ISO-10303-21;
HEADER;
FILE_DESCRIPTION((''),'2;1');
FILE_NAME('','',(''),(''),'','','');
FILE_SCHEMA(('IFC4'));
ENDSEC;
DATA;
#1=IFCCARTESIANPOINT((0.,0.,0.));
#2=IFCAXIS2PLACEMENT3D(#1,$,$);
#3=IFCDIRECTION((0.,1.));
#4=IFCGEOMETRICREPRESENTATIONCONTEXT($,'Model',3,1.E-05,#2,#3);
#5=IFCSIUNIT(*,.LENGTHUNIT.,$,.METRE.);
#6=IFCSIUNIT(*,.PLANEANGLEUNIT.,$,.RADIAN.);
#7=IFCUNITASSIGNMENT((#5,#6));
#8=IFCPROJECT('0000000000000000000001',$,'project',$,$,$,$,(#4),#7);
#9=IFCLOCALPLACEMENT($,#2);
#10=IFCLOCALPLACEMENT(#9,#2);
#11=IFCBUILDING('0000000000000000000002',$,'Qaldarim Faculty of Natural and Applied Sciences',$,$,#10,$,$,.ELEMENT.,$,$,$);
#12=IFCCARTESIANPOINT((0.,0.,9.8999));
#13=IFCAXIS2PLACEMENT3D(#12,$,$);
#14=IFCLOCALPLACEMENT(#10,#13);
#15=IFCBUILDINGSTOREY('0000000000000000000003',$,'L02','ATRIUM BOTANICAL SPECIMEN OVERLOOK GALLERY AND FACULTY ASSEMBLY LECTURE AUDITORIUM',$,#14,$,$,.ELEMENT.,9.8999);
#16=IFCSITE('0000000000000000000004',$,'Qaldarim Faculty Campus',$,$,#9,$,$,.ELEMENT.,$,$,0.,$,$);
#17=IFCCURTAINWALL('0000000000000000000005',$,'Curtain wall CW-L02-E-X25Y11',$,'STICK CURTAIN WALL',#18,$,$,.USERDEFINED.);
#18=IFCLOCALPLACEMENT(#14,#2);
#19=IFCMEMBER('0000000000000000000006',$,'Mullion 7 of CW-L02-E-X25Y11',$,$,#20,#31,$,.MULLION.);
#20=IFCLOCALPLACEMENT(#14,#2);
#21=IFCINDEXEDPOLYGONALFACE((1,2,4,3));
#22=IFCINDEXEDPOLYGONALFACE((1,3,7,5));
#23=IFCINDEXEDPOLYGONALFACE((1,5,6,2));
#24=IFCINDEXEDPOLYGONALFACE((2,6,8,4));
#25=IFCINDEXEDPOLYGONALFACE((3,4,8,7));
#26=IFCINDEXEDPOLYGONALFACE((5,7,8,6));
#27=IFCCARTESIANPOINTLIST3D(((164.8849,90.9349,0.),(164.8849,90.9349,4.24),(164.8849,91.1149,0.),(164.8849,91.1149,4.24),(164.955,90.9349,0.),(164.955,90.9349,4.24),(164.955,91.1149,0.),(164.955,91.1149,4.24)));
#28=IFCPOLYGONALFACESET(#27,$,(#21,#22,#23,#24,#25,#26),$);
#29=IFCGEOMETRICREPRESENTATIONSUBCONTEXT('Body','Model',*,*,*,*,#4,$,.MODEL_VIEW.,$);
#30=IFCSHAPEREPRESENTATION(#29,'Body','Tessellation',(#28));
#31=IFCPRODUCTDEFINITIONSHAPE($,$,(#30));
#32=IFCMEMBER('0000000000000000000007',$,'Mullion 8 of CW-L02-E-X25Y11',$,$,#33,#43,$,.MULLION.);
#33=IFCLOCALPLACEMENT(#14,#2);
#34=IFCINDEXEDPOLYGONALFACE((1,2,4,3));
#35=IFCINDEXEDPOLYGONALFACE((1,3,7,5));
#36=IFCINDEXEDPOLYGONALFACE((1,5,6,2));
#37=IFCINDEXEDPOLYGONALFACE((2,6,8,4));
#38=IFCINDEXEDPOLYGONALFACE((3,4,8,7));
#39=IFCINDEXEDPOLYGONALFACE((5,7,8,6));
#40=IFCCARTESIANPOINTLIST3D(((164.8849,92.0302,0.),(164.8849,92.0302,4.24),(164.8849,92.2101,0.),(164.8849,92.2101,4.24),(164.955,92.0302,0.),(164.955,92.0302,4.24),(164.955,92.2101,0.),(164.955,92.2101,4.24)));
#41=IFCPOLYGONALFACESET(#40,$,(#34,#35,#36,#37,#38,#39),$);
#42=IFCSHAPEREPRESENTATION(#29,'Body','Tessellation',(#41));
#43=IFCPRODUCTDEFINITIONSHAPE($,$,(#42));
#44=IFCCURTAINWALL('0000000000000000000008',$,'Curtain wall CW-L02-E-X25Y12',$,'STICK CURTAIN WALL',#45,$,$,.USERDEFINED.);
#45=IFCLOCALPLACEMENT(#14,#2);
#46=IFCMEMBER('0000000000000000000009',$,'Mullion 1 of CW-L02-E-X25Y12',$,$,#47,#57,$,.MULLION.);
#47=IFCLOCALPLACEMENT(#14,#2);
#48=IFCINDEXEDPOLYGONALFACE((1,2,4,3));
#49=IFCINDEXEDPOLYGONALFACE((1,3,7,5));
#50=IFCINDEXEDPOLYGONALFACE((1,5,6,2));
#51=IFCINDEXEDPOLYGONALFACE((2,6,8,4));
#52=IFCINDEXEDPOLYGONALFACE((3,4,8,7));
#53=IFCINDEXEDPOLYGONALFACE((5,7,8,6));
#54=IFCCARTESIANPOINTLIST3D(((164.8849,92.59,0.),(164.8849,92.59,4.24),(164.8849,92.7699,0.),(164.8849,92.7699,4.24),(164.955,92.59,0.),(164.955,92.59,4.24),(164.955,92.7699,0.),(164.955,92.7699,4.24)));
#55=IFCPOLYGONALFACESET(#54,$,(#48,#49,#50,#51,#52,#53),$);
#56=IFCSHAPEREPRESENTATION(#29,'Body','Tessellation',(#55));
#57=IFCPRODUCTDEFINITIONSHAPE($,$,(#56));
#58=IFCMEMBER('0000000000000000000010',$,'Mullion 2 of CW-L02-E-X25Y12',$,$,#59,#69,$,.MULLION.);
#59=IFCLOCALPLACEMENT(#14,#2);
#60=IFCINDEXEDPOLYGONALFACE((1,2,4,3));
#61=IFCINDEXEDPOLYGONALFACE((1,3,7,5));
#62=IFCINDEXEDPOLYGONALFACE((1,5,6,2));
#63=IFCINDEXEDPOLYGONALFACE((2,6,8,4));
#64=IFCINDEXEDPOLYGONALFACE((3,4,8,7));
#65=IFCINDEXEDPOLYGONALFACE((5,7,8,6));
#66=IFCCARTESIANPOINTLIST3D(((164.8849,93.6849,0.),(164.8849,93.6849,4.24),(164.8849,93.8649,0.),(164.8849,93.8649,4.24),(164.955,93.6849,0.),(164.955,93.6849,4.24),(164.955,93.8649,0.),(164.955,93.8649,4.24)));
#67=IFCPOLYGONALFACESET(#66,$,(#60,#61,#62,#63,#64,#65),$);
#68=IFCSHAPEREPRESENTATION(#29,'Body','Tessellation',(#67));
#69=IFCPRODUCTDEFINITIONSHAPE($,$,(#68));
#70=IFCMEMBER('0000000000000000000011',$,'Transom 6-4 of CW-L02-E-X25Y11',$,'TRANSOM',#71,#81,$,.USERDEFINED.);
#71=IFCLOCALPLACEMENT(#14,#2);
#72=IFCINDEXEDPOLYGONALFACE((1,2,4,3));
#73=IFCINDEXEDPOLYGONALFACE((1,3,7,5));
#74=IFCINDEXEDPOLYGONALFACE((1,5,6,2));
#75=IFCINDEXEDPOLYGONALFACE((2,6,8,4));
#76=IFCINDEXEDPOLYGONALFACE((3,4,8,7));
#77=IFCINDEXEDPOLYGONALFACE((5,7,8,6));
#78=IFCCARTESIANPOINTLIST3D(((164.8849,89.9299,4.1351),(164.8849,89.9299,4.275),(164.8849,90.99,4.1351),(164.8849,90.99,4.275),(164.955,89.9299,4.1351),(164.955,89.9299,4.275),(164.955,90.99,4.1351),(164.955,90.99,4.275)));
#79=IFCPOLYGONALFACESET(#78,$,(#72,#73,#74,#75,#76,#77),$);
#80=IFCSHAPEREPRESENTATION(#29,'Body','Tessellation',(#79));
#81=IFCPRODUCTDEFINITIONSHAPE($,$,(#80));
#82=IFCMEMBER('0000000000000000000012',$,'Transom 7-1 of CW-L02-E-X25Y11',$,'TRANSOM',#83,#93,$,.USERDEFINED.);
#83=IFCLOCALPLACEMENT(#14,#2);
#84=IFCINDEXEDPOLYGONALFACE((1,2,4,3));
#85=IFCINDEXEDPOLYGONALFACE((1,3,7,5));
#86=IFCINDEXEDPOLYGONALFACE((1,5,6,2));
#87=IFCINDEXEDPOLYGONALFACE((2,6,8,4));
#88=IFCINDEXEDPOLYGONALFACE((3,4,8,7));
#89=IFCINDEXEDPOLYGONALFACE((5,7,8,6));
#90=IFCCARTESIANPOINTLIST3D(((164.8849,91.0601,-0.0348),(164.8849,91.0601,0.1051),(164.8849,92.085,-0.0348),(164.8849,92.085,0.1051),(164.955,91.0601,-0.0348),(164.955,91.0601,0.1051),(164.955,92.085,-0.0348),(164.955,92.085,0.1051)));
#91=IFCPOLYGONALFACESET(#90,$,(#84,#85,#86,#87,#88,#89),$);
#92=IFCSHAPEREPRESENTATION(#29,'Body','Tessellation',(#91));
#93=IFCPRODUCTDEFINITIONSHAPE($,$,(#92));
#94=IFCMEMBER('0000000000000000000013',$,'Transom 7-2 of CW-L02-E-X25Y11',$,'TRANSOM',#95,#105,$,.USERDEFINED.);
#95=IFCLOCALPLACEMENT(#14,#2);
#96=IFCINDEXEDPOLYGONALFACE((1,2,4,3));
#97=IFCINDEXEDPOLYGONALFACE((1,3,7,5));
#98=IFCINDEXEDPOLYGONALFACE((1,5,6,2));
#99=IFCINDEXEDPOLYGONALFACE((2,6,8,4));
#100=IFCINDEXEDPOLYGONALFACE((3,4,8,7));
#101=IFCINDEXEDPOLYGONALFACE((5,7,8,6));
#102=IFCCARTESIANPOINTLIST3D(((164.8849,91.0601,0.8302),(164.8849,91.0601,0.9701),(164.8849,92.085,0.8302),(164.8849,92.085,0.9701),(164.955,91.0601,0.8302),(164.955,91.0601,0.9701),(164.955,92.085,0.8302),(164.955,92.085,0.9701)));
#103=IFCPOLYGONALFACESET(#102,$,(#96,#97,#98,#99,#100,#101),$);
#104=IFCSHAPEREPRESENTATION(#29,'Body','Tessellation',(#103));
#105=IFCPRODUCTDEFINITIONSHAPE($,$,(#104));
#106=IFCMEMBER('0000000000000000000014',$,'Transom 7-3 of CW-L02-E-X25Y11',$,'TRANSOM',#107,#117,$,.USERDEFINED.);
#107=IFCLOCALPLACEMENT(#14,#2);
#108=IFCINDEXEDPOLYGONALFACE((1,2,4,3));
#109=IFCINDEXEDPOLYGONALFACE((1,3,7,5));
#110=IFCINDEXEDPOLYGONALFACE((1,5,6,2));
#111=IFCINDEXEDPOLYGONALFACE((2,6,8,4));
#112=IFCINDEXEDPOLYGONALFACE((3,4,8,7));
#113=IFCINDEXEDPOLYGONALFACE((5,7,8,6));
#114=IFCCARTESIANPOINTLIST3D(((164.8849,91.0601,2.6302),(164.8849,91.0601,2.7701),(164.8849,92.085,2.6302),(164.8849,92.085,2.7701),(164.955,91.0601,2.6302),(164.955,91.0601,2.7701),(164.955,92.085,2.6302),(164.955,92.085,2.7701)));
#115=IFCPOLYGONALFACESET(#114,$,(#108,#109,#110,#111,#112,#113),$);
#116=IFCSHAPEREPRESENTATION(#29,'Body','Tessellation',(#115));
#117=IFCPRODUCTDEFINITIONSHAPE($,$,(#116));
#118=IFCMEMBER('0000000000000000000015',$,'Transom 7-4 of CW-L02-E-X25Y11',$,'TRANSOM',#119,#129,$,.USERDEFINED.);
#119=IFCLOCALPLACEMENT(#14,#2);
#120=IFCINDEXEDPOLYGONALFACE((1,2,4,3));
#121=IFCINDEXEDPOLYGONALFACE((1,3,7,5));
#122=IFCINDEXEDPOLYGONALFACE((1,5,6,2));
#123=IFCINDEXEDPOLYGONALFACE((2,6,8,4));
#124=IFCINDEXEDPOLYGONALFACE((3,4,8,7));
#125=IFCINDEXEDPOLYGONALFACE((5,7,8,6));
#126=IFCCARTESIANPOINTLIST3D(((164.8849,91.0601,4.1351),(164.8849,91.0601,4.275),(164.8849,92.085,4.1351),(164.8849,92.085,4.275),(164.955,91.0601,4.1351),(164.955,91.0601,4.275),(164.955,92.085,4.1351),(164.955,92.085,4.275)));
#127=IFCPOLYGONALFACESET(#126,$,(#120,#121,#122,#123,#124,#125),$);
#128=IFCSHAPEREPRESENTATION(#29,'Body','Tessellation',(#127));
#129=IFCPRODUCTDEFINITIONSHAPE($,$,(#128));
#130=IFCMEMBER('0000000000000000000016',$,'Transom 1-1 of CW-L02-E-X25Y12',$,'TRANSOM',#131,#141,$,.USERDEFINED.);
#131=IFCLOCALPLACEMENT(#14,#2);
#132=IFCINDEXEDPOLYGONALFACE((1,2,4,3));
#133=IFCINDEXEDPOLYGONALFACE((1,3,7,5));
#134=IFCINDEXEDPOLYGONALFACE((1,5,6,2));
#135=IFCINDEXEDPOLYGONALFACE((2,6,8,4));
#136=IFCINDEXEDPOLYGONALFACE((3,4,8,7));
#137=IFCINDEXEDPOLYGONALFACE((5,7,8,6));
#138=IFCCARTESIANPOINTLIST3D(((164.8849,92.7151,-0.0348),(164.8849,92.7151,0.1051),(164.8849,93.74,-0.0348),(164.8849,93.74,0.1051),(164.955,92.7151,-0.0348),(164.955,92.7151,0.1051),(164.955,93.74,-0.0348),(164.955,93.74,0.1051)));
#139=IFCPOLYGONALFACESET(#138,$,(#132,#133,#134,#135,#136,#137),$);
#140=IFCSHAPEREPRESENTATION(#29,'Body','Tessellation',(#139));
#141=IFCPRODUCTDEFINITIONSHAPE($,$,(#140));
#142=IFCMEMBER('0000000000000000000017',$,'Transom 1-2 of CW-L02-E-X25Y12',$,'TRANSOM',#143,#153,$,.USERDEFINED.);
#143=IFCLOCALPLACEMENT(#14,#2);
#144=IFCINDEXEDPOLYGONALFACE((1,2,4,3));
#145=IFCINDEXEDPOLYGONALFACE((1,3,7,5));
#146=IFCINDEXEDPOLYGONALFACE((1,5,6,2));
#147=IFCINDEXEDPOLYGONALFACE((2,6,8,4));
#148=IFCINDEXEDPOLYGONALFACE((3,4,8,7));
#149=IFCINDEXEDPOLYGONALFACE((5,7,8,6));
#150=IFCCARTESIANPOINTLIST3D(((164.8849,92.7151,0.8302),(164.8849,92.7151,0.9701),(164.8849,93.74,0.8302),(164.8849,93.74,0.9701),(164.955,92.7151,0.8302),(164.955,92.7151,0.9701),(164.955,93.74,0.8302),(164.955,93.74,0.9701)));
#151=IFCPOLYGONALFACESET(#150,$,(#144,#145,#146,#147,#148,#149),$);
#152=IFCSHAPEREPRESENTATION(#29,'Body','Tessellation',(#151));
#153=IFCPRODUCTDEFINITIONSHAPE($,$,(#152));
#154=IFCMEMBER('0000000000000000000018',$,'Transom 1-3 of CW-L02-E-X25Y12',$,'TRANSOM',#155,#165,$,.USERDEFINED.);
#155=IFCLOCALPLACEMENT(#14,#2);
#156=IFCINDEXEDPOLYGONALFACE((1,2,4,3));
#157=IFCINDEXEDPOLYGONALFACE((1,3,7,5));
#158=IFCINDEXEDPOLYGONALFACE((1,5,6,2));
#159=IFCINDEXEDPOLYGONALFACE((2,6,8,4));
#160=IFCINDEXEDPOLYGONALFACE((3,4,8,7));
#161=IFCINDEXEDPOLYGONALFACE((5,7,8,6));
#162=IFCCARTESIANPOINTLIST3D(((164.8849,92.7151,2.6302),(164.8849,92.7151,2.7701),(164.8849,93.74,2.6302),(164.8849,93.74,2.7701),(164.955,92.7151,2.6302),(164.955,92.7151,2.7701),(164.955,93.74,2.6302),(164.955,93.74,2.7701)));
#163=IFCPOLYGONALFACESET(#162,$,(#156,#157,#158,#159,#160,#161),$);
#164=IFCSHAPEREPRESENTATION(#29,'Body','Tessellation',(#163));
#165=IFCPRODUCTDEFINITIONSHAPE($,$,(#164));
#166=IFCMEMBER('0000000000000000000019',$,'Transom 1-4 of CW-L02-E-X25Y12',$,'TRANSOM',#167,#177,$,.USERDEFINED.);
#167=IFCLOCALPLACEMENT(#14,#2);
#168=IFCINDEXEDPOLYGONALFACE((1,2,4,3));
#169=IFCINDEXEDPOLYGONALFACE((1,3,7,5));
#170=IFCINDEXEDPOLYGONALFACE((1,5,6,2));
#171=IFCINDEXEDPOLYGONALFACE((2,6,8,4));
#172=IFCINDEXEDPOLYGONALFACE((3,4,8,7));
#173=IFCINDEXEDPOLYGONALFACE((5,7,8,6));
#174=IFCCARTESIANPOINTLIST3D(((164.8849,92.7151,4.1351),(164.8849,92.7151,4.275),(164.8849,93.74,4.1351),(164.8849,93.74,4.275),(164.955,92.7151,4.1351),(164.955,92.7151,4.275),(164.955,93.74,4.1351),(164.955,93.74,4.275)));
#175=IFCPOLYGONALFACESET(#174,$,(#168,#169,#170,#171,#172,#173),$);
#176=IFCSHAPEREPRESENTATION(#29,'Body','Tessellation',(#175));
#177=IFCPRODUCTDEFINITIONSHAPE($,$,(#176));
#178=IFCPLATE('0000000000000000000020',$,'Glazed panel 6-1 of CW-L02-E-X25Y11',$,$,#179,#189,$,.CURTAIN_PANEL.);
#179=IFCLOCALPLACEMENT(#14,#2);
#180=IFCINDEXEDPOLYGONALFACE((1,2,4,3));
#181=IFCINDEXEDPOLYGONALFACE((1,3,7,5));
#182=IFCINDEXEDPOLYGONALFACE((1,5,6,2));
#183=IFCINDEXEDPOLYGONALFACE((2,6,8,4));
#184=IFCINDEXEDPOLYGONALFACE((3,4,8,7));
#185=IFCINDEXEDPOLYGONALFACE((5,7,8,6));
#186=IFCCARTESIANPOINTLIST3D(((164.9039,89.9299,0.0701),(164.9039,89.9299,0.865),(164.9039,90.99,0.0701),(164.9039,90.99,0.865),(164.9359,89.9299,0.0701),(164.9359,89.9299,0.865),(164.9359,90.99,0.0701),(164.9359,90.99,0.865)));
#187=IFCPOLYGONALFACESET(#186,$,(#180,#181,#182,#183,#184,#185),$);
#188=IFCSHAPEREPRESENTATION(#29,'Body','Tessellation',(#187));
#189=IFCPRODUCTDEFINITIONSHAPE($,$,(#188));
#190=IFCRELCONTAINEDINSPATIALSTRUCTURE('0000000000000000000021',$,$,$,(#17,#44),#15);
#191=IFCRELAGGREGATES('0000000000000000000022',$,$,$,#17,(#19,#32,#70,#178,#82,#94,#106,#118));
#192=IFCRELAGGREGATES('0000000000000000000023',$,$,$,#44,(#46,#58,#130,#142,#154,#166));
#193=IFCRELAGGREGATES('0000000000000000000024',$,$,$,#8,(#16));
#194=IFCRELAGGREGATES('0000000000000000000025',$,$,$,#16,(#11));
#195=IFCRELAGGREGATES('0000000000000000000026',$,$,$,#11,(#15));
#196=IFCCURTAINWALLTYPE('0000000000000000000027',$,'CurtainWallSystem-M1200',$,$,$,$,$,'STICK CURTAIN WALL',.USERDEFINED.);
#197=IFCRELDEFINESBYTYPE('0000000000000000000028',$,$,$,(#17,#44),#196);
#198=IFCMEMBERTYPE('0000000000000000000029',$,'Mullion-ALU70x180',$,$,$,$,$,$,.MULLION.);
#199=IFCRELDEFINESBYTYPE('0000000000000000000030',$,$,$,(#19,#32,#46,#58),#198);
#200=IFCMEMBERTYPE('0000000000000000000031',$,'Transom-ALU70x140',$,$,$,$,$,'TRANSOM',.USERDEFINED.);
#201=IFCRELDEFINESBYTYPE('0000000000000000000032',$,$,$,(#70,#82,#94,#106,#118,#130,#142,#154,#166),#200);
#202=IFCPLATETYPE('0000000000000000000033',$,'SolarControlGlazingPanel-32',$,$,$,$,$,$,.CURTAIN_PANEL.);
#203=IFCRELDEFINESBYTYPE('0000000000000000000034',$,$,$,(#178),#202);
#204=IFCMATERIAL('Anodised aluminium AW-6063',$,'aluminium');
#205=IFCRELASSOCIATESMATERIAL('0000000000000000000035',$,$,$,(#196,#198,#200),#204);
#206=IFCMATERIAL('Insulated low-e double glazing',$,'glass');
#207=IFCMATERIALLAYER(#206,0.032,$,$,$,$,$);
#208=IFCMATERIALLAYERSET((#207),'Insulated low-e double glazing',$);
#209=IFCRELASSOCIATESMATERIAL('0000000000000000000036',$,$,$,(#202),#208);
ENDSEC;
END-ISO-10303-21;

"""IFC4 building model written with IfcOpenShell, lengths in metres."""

from ifc_helpers import new_model, si_unit, direction, frame, origin, origin_2d, place, context, subcontext, project, spatial, rectangle, extrude, material, layer, layer_set, material_profile, profile_set, type_object, element, aggregate, save


model = new_model("IFC4")

# Units and contexts
model_context = context("Model", 3, precision=1e-05, world=origin(), true_north=direction((0.0, 1.0)))
body_context = subcontext(model_context, "Body", "Model", "MODEL_VIEW")
ifc_project = project(units=[si_unit("LENGTHUNIT", "METRE"), si_unit("PLANEANGLEUNIT", "RADIAN")], contexts=[model_context])

# Site, building, storey
site_placement = place(None, origin())
site = spatial("IfcSite", under=ifc_project, at=site_placement, Name="Qaldarim Faculty Campus", CompositionType="ELEMENT", RefElevation=0.0)
building_placement = place(site_placement, origin())
building = spatial("IfcBuilding", under=site, at=building_placement, Name="Qaldarim Faculty of Natural and Applied Sciences", CompositionType="ELEMENT")
storey_placement = place(building_placement, frame((0.0, 0.0, 9.8999)))
storey = spatial("IfcBuildingStorey", under=building, at=storey_placement, Name="L02", Description="ATRIUM BOTANICAL SPECIMEN OVERLOOK GALLERY AND FACULTY ASSEMBLY LECTURE AUDITORIUM", CompositionType="ELEMENT", Elevation=9.8999)

# Curtain walls, members
ifc_material_1 = material(Name="Anodised aluminium AW-6063", Category="aluminium")
curtain_wall_type = type_object("IfcCurtainWallType", Name="CurtainWallSystem-M1200", ElementType="STICK CURTAIN WALL", PredefinedType="USERDEFINED", material=ifc_material_1)
curtain_wall_1_placement = place(storey_placement, origin())
curtain_wall_1 = element("IfcCurtainWall", 1, at=curtain_wall_1_placement, inside=storey, type_object=curtain_wall_type, Name="Curtain wall CW-L02-E-X25Y11", ObjectType="STICK CURTAIN WALL", PredefinedType="USERDEFINED")
ifc_material_profile_1 = material_profile(ifc_material_1, rectangle(XDim=0.0701, YDim=0.1799, at=origin_2d()), Name="ALU-M70x180")
ifc_profile_set_1 = profile_set([ifc_material_profile_1], Name="Anodised aluminium AW-6063")
member_type_1 = type_object("IfcMemberType", Name="Mullion-ALU70x180", PredefinedType="MULLION", material=ifc_profile_set_1)
member_1_placement = place(storey_placement, frame((164.9199, 91.0249, 0.0), z_axis=(0.0, 0.0, 1.0), x_axis=(-1.0, 0.0, 0.0)))
member_1 = element("IfcMember", 2, at=member_1_placement, type_object=member_type_1, Name="Mullion 7 of CW-L02-E-X25Y11", PredefinedType="MULLION", context=body_context, shape_type="SweptSolid", body=[
    extrude(rectangle(XDim=0.0701, YDim=0.1799, at=origin_2d()), origin(), (0.0, 0.0, 1.0), 4.24),
])
member_2_placement = place(storey_placement, frame((164.9199, 92.1201, 0.0), z_axis=(0.0, 0.0, 1.0), x_axis=(-1.0, 0.0, 0.0)))
member_2 = element("IfcMember", 3, at=member_2_placement, type_object=member_type_1, Name="Mullion 8 of CW-L02-E-X25Y11", PredefinedType="MULLION", context=body_context, shape_type="SweptSolid", body=[
    extrude(rectangle(XDim=0.0701, YDim=0.1799, at=origin_2d()), origin(), (0.0, 0.0, 1.0), 4.24),
])
curtain_wall_2_placement = place(storey_placement, origin())
curtain_wall_2 = element("IfcCurtainWall", 4, at=curtain_wall_2_placement, inside=storey, type_object=curtain_wall_type, Name="Curtain wall CW-L02-E-X25Y12", ObjectType="STICK CURTAIN WALL", PredefinedType="USERDEFINED")
member_3_placement = place(storey_placement, frame((164.9199, 92.6799, 0.0), z_axis=(0.0, 0.0, 1.0), x_axis=(-1.0, 0.0, 0.0)))
member_3 = element("IfcMember", 5, at=member_3_placement, type_object=member_type_1, Name="Mullion 1 of CW-L02-E-X25Y12", PredefinedType="MULLION", context=body_context, shape_type="SweptSolid", body=[
    extrude(rectangle(XDim=0.0701, YDim=0.1799, at=origin_2d()), origin(), (0.0, 0.0, 1.0), 4.24),
])
member_4_placement = place(storey_placement, frame((164.9199, 93.7749, 0.0), z_axis=(0.0, 0.0, 1.0), x_axis=(-1.0, 0.0, 0.0)))
member_4 = element("IfcMember", 6, at=member_4_placement, type_object=member_type_1, Name="Mullion 2 of CW-L02-E-X25Y12", PredefinedType="MULLION", context=body_context, shape_type="SweptSolid", body=[
    extrude(rectangle(XDim=0.0701, YDim=0.1799, at=origin_2d()), origin(), (0.0, 0.0, 1.0), 4.24),
])

# Members
ifc_material_profile_2 = material_profile(ifc_material_1, rectangle(XDim=0.0701, YDim=0.1399, at=origin_2d()), Name="ALU-T70x140")
ifc_profile_set_2 = profile_set([ifc_material_profile_2], Name="Anodised aluminium AW-6063")
member_type_2 = type_object("IfcMemberType", Name="Transom-ALU70x140", ElementType="TRANSOM", PredefinedType="USERDEFINED", material=ifc_profile_set_2)
member_5_placement = place(storey_placement, frame((164.9199, 89.9299, 4.2051), z_axis=(0.0, 1.0, 0.0), x_axis=(-1.0, 0.0, 0.0)))
member_5 = element("IfcMember", 7, at=member_5_placement, type_object=member_type_2, Name="Transom 6-4 of CW-L02-E-X25Y11", ObjectType="TRANSOM", PredefinedType="USERDEFINED", context=body_context, shape_type="SweptSolid", body=[
    extrude(rectangle(XDim=0.0701, YDim=0.1399, at=origin_2d()), origin(), (0.0, 0.0, 1.0), 1.0601),
])
member_6_placement = place(storey_placement, frame((164.9199, 91.0601, 0.0352), z_axis=(0.0, 1.0, 0.0), x_axis=(-1.0, 0.0, 0.0)))
member_6 = element("IfcMember", 8, at=member_6_placement, type_object=member_type_2, Name="Transom 7-1 of CW-L02-E-X25Y11", ObjectType="TRANSOM", PredefinedType="USERDEFINED", context=body_context, shape_type="SweptSolid", body=[
    extrude(rectangle(XDim=0.0701, YDim=0.1399, at=origin_2d()), origin(), (0.0, 0.0, 1.0), 1.0249),
])
member_7_placement = place(storey_placement, frame((164.9199, 91.0601, 0.9001), z_axis=(0.0, 1.0, 0.0), x_axis=(-1.0, 0.0, 0.0)))
member_7 = element("IfcMember", 9, at=member_7_placement, type_object=member_type_2, Name="Transom 7-2 of CW-L02-E-X25Y11", ObjectType="TRANSOM", PredefinedType="USERDEFINED", context=body_context, shape_type="SweptSolid", body=[
    extrude(rectangle(XDim=0.0701, YDim=0.1399, at=origin_2d()), origin(), (0.0, 0.0, 1.0), 1.0249),
])
member_8_placement = place(storey_placement, frame((164.9199, 91.0601, 2.7002), z_axis=(0.0, 1.0, 0.0), x_axis=(-1.0, 0.0, 0.0)))
member_8 = element("IfcMember", 10, at=member_8_placement, type_object=member_type_2, Name="Transom 7-3 of CW-L02-E-X25Y11", ObjectType="TRANSOM", PredefinedType="USERDEFINED", context=body_context, shape_type="SweptSolid", body=[
    extrude(rectangle(XDim=0.0701, YDim=0.1399, at=origin_2d()), origin(), (0.0, 0.0, 1.0), 1.0249),
])
member_9_placement = place(storey_placement, frame((164.9199, 91.0601, 4.2051), z_axis=(0.0, 1.0, 0.0), x_axis=(-1.0, 0.0, 0.0)))
member_9 = element("IfcMember", 11, at=member_9_placement, type_object=member_type_2, Name="Transom 7-4 of CW-L02-E-X25Y11", ObjectType="TRANSOM", PredefinedType="USERDEFINED", context=body_context, shape_type="SweptSolid", body=[
    extrude(rectangle(XDim=0.0701, YDim=0.1399, at=origin_2d()), origin(), (0.0, 0.0, 1.0), 1.0249),
])
member_10_placement = place(storey_placement, frame((164.9199, 92.7151, 0.0352), z_axis=(0.0, 1.0, 0.0), x_axis=(-1.0, 0.0, 0.0)))
member_10 = element("IfcMember", 12, at=member_10_placement, type_object=member_type_2, Name="Transom 1-1 of CW-L02-E-X25Y12", ObjectType="TRANSOM", PredefinedType="USERDEFINED", context=body_context, shape_type="SweptSolid", body=[
    extrude(rectangle(XDim=0.0701, YDim=0.1399, at=origin_2d()), origin(), (0.0, 0.0, 1.0), 1.0249),
])
member_11_placement = place(storey_placement, frame((164.9199, 92.7151, 0.9001), z_axis=(0.0, 1.0, 0.0), x_axis=(-1.0, 0.0, 0.0)))
member_11 = element("IfcMember", 13, at=member_11_placement, type_object=member_type_2, Name="Transom 1-2 of CW-L02-E-X25Y12", ObjectType="TRANSOM", PredefinedType="USERDEFINED", context=body_context, shape_type="SweptSolid", body=[
    extrude(rectangle(XDim=0.0701, YDim=0.1399, at=origin_2d()), origin(), (0.0, 0.0, 1.0), 1.0249),
])
member_12_placement = place(storey_placement, frame((164.9199, 92.7151, 2.7002), z_axis=(0.0, 1.0, 0.0), x_axis=(-1.0, 0.0, 0.0)))
member_12 = element("IfcMember", 14, at=member_12_placement, type_object=member_type_2, Name="Transom 1-3 of CW-L02-E-X25Y12", ObjectType="TRANSOM", PredefinedType="USERDEFINED", context=body_context, shape_type="SweptSolid", body=[
    extrude(rectangle(XDim=0.0701, YDim=0.1399, at=origin_2d()), origin(), (0.0, 0.0, 1.0), 1.0249),
])
member_13_placement = place(storey_placement, frame((164.9199, 92.7151, 4.2051), z_axis=(0.0, 1.0, 0.0), x_axis=(-1.0, 0.0, 0.0)))
member_13 = element("IfcMember", 15, at=member_13_placement, type_object=member_type_2, Name="Transom 1-4 of CW-L02-E-X25Y12", ObjectType="TRANSOM", PredefinedType="USERDEFINED", context=body_context, shape_type="SweptSolid", body=[
    extrude(rectangle(XDim=0.0701, YDim=0.1399, at=origin_2d()), origin(), (0.0, 0.0, 1.0), 1.0249),
])

# Plate
ifc_material_2 = material(Name="Insulated low-e double glazing", Category="glass")
ifc_layer = layer(ifc_material_2, 0.032)
ifc_layer_set = layer_set([ifc_layer], Name="Insulated low-e double glazing")
plate_type = type_object("IfcPlateType", Name="SolarControlGlazingPanel-32", PredefinedType="CURTAIN_PANEL", material=ifc_layer_set)
plate_1_placement = place(storey_placement, frame((164.9199, 90.46, 0.0701), z_axis=(0.0, 0.0, 1.0), x_axis=(0.0, 1.0, 0.0)))
plate_1 = element("IfcPlate", 16, at=plate_1_placement, type_object=plate_type, Name="Glazed panel 6-1 of CW-L02-E-X25Y11", PredefinedType="CURTAIN_PANEL", context=body_context, shape_type="SweptSolid", body=[
    extrude(rectangle(XDim=1.0601, YDim=0.032, at=origin_2d()), origin(), (0.0, 0.0, 1.0), 0.7949),
])
aggregate(curtain_wall_1, [member_1, member_2, member_5, plate_1, member_6, member_7, member_8, member_9])
aggregate(curtain_wall_2, [member_3, member_4, member_10, member_11, member_12, member_13])

save(model, "model.ifc")
